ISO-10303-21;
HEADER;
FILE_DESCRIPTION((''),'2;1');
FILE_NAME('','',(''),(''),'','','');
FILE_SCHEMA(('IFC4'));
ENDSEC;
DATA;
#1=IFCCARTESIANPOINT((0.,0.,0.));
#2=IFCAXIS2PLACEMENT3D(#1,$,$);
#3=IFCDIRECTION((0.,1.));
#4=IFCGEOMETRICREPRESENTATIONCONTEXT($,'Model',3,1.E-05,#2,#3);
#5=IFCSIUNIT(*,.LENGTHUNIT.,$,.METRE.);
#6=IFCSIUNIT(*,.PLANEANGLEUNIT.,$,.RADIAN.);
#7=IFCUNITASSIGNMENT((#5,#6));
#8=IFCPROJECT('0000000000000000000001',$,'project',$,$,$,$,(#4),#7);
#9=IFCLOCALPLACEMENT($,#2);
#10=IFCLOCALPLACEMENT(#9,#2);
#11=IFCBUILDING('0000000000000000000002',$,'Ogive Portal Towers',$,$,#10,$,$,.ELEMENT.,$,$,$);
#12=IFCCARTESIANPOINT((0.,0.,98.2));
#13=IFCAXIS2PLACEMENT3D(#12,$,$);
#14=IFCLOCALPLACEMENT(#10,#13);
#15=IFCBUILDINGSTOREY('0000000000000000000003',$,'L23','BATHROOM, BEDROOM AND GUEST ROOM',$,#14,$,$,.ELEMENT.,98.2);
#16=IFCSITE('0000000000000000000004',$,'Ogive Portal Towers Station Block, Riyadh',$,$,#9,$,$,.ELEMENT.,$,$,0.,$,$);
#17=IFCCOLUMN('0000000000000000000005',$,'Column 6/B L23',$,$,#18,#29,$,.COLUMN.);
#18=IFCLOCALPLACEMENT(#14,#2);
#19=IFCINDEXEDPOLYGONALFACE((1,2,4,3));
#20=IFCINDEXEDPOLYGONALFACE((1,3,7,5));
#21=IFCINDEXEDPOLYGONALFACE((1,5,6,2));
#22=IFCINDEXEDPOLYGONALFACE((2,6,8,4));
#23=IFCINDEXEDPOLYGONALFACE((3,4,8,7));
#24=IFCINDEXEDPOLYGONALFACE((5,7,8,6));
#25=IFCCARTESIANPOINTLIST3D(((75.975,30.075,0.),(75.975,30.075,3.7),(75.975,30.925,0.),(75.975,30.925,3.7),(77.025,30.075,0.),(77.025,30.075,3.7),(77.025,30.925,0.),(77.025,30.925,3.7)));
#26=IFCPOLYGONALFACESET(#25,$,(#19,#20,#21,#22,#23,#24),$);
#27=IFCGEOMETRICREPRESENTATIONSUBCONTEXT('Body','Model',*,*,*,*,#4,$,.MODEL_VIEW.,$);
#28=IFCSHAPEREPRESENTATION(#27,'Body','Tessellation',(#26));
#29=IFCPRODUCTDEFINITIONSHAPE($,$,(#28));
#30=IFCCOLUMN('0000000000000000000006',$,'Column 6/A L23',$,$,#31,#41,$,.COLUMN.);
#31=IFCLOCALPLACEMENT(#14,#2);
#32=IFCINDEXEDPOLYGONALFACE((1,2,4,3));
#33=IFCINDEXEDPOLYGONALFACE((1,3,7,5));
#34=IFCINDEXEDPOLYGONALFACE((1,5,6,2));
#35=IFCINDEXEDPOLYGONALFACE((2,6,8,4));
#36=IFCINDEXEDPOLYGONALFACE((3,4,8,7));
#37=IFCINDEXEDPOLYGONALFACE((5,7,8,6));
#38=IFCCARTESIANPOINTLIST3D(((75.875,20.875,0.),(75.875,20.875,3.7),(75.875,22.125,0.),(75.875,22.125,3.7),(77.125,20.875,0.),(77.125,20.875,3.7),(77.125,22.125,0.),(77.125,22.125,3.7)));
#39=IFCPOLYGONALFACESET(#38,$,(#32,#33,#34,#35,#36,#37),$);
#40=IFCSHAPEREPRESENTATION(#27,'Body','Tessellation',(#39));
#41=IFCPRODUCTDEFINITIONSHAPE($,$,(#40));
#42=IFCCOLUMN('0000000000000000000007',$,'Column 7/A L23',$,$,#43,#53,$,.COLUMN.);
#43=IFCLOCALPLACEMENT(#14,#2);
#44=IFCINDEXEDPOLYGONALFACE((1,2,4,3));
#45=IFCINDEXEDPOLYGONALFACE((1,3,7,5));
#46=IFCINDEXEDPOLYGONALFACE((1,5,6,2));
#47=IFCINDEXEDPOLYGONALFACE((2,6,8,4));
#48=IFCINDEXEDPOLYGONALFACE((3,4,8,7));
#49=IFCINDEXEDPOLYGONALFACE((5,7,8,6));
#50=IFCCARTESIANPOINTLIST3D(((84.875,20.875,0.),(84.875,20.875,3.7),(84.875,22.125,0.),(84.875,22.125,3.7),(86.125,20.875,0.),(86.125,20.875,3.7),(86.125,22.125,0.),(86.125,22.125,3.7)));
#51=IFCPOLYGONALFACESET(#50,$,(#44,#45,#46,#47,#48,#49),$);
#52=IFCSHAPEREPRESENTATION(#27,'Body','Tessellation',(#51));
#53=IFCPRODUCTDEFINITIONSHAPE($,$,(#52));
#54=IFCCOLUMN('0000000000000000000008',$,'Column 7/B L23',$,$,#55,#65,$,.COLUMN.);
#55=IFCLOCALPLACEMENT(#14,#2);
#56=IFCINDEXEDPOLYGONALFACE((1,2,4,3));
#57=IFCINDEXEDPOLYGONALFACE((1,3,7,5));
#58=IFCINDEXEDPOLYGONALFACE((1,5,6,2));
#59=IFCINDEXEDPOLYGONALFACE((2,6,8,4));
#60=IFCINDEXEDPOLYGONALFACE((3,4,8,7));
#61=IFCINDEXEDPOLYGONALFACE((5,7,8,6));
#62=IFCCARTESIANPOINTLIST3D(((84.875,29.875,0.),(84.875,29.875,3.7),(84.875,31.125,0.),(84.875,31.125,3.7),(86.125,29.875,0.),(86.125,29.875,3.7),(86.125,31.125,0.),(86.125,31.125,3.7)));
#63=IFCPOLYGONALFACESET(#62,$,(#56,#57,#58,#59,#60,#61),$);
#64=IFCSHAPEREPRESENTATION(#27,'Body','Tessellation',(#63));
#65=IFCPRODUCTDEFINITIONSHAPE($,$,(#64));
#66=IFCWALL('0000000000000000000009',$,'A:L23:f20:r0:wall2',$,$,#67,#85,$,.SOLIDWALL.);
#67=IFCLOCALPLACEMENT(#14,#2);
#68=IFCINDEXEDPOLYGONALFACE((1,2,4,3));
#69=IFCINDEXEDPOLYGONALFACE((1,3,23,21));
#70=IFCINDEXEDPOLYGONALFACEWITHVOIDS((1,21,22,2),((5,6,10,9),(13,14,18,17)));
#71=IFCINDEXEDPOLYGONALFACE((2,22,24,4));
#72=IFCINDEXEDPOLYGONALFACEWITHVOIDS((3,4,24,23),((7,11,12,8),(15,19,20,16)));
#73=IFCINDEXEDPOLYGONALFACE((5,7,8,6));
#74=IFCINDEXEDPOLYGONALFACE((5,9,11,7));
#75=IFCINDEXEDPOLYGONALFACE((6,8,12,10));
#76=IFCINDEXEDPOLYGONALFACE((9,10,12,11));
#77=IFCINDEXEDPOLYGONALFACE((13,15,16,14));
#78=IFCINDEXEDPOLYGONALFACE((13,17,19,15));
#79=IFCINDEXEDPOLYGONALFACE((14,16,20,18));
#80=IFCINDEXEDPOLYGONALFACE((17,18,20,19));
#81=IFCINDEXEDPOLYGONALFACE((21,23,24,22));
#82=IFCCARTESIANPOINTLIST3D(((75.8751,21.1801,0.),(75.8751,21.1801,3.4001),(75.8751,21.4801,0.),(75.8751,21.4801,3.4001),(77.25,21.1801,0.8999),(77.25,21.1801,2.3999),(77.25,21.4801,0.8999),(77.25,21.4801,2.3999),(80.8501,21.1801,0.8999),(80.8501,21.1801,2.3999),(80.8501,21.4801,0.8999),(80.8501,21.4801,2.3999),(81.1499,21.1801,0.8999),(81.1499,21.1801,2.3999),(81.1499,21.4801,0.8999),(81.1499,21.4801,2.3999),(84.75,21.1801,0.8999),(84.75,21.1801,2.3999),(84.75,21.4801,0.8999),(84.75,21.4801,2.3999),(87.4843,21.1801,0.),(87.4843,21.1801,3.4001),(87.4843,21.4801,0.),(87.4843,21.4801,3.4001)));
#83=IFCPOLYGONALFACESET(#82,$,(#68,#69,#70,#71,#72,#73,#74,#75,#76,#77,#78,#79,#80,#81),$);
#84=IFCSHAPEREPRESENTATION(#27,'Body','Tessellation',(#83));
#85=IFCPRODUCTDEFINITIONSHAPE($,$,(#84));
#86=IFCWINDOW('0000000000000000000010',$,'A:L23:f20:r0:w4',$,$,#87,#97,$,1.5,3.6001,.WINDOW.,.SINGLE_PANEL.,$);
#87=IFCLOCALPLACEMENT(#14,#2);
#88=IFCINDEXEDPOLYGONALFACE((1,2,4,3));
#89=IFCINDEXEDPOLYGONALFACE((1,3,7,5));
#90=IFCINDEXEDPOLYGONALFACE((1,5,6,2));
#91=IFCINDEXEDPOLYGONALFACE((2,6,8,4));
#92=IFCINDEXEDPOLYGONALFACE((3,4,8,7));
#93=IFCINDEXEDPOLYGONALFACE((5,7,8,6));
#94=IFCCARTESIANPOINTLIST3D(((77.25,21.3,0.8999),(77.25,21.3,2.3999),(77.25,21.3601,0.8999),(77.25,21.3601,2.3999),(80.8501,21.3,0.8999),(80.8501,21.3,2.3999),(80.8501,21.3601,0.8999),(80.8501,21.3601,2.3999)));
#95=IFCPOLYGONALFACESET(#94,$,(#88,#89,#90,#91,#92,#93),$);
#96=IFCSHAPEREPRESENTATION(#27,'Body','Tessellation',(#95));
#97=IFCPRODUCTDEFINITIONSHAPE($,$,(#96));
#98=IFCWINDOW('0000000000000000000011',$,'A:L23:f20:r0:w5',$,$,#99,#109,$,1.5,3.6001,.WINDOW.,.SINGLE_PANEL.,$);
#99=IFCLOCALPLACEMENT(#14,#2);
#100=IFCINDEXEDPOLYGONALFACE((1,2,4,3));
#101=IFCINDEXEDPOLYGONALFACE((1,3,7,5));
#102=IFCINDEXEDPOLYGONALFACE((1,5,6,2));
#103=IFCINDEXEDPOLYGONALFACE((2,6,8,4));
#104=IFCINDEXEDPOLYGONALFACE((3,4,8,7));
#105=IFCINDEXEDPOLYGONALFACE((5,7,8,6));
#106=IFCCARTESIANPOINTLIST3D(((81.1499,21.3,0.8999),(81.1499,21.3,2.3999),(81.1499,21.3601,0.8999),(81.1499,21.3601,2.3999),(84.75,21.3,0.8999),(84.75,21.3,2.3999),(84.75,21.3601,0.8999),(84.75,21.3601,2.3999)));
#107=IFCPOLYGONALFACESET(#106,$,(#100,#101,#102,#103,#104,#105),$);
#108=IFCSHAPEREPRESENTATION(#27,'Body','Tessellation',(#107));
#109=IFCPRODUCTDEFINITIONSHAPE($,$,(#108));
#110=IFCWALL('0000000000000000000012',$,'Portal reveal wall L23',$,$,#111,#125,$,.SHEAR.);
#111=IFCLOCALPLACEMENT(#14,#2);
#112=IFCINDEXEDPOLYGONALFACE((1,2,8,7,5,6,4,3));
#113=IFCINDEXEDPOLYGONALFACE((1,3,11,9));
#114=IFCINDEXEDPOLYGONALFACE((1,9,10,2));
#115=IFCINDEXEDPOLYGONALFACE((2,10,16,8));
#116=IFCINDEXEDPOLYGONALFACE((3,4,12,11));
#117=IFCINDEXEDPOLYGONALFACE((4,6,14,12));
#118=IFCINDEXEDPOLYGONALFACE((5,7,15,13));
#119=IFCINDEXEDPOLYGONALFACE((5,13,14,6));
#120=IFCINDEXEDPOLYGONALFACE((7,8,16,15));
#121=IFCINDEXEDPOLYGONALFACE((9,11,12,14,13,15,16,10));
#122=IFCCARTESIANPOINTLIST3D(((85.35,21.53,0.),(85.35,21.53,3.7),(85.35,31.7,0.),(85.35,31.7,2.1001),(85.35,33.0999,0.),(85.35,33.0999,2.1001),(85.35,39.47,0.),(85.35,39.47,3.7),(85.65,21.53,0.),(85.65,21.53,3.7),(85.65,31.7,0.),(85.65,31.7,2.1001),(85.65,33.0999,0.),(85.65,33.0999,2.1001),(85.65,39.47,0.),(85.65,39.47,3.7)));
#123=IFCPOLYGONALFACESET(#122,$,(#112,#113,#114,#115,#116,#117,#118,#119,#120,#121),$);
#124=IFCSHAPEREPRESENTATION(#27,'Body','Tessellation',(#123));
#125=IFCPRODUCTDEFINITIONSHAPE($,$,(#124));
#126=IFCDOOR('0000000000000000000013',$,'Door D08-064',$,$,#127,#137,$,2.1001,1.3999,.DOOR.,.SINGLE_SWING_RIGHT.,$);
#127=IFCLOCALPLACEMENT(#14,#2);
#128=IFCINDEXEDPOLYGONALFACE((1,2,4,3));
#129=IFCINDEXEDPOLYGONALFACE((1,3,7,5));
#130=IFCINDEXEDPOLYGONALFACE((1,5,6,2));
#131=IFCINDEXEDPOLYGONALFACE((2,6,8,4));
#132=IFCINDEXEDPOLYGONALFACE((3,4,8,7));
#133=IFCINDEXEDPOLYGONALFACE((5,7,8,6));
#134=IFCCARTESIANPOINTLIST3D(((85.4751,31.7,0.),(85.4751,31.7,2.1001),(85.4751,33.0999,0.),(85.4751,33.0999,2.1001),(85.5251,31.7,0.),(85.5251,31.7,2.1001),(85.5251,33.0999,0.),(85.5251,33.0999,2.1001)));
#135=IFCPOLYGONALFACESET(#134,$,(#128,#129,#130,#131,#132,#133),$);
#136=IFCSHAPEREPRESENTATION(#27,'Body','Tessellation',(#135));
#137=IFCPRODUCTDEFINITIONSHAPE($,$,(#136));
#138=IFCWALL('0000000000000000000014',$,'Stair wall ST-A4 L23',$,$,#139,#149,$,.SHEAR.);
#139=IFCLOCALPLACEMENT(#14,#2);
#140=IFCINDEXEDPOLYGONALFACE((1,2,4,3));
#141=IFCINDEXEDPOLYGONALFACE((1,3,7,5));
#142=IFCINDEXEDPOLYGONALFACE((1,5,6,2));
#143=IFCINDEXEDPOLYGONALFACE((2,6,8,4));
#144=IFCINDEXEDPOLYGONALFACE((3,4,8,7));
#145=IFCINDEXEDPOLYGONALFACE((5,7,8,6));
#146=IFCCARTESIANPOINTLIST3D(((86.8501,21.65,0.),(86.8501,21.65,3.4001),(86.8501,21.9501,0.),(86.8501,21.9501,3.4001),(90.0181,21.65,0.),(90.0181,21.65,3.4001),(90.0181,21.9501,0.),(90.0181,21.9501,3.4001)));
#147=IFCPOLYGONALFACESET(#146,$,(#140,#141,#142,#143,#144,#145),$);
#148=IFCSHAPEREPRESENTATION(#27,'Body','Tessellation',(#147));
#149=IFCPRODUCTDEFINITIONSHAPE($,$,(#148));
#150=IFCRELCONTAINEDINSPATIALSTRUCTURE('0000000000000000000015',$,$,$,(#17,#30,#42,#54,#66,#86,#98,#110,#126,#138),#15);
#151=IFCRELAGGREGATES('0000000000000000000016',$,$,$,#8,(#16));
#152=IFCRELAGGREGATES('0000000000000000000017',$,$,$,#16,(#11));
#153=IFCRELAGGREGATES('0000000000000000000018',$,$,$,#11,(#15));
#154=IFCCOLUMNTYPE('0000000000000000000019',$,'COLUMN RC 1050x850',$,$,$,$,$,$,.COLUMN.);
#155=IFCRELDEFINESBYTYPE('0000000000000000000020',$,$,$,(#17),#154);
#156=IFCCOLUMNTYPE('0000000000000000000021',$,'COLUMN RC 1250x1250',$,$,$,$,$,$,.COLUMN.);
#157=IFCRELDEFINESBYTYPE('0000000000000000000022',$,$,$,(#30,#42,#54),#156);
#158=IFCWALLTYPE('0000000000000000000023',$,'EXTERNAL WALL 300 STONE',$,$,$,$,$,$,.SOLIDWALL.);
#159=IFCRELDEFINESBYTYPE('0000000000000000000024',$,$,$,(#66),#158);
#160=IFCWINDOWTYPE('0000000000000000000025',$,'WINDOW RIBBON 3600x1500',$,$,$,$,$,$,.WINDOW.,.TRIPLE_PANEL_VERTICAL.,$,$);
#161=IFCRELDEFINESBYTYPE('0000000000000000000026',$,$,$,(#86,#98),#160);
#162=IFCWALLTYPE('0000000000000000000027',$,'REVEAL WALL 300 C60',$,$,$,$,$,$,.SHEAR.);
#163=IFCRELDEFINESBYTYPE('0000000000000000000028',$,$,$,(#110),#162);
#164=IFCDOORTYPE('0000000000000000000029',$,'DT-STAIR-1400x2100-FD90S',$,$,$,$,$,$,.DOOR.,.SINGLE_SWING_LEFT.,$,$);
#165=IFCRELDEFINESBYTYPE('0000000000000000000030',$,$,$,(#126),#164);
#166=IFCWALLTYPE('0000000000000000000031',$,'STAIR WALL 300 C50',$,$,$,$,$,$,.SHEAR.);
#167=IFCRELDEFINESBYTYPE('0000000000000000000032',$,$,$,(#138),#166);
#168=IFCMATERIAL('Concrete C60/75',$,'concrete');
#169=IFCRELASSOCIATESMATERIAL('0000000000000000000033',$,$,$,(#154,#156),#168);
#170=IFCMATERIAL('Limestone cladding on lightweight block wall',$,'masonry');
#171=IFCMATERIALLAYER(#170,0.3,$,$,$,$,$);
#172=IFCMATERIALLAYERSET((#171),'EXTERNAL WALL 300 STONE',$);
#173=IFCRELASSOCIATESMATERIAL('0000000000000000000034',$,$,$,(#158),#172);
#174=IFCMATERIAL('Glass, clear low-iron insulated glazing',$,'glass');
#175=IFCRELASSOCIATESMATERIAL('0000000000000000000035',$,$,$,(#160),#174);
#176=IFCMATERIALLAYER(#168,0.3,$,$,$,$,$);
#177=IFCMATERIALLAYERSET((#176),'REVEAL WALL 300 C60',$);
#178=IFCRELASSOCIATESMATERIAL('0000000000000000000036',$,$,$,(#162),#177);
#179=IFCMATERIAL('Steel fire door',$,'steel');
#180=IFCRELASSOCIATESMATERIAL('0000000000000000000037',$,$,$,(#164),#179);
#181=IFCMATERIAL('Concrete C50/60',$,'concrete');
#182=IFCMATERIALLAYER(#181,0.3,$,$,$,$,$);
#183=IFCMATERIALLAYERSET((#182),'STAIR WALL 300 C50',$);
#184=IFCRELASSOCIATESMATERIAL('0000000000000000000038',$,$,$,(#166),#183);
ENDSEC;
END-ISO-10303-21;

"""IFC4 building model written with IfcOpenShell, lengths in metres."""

from ifc_helpers import new_model, si_unit, direction, frame, frame_2d, origin, origin_2d, place, context, subcontext, project, spatial, rectangle, extrude, material, layer, layer_set, material_profile, profile_set, type_object, element, fill, save


model = new_model("IFC4")

# Units and contexts
model_context = context("Model", 3, precision=1e-05, world=origin(), true_north=direction((0.0, 1.0)))
body_context = subcontext(model_context, "Body", "Model", "MODEL_VIEW")
ifc_project = project(units=[si_unit("LENGTHUNIT", "METRE"), si_unit("PLANEANGLEUNIT", "RADIAN")], contexts=[model_context])

# Site, building, storey
site_placement = place(None, origin())
site = spatial("IfcSite", under=ifc_project, at=site_placement, Name="Ogive Portal Towers Station Block, Riyadh", CompositionType="ELEMENT", RefElevation=0.0)
building_placement = place(site_placement, origin())
building = spatial("IfcBuilding", under=site, at=building_placement, Name="Ogive Portal Towers", CompositionType="ELEMENT")
storey_placement = place(building_placement, frame((0.0, 0.0, 98.2)))
storey = spatial("IfcBuildingStorey", under=building, at=storey_placement, Name="L23", Description="BATHROOM, BEDROOM AND GUEST ROOM", CompositionType="ELEMENT", Elevation=98.2)

# Columns
ifc_material_1 = material(Name="Concrete C60/75", Category="concrete")
ifc_material_profile_1 = material_profile(ifc_material_1, rectangle(XDim=1.05, YDim=0.8501, at=origin_2d()), Name="RC 1050x850")
ifc_profile_set_1 = profile_set([ifc_material_profile_1], Name="Concrete C60/75")
column_type_1 = type_object("IfcColumnType", Name="COLUMN RC 1050x850", PredefinedType="COLUMN", material=ifc_profile_set_1)
column_placement = place(storey_placement, frame((76.5, 30.5, 0.0), z_axis=(0.0, 0.0, 1.0), x_axis=(1.0, 0.0, 0.0)))
element("IfcColumn", 1, at=column_placement, inside=storey, type_object=column_type_1, Name="Column 6/B L23", PredefinedType="COLUMN", context=body_context, shape_type="SweptSolid", body=[
    extrude(rectangle(XDim=1.05, YDim=0.8501, at=origin_2d()), origin(), (0.0, 0.0, 1.0), 3.7),
])
ifc_material_profile_2 = material_profile(ifc_material_1, rectangle(XDim=1.25, YDim=1.25, at=origin_2d()), Name="RC 1250x1250")
ifc_profile_set_2 = profile_set([ifc_material_profile_2], Name="Concrete C60/75")
column_type_2 = type_object("IfcColumnType", Name="COLUMN RC 1250x1250", PredefinedType="COLUMN", material=ifc_profile_set_2)
for number, where, z_axis, x_axis, name in (
    (2, (76.5, 21.5, 0.0), (0.0, 0.0, 1.0), (1.0, 0.0, 0.0), "Column 6/A L23"),
    (3, (85.5, 21.5, 0.0), (0.0, 0.0, 1.0), (1.0, 0.0, 0.0), "Column 7/A L23"),
    (4, (85.5, 30.5, 0.0), (0.0, 0.0, 1.0), (1.0, 0.0, 0.0), "Column 7/B L23"),
):
    element("IfcColumn", number, at=place(storey_placement, frame(where, z_axis=z_axis, x_axis=x_axis)), inside=storey, type_object=column_type_2, Name=name, PredefinedType="COLUMN", context=body_context, shape_type="SweptSolid", body=[
        extrude(rectangle(XDim=1.25, YDim=1.25, at=origin_2d()), origin(), (0.0, 0.0, 1.0), 3.7),
    ])

# Wall, openings, windows
ifc_material_2 = material(Name="Limestone cladding on lightweight block wall", Category="masonry")
ifc_layer_1 = layer(ifc_material_2, 0.3)
ifc_layer_set_1 = layer_set([ifc_layer_1], Name="EXTERNAL WALL 300 STONE")
wall_type_1 = type_object("IfcWallType", Name="EXTERNAL WALL 300 STONE", PredefinedType="SOLIDWALL", material=ifc_layer_set_1)
wall_1_placement = place(storey_placement, frame((75.875, 21.3301, 0.0), z_axis=(0.0, 0.0, 1.0), x_axis=(1.0, 0.0, 0.0)))
wall_1 = element("IfcWall", 5, at=wall_1_placement, inside=storey, type_object=wall_type_1, Name="A:L23:f20:r0:wall2", PredefinedType="SOLIDWALL", context=body_context, shape_type="SweptSolid", body=[
    extrude(rectangle(XDim=11.6091, YDim=0.3, at=frame_2d((5.8047, 0.0))), origin(), (0.0, 0.0, 1.0), 3.4001),
])
opening_1_placement = place(wall_1_placement, frame((1.375, 0.0, 0.8999)))
opening_1 = element("IfcOpeningElement", 6, at=opening_1_placement, cuts=wall_1, PredefinedType="OPENING", context=body_context, shape_type="SweptSolid", body=[
    extrude(rectangle(XDim=3.6001, YDim=1.5, at=frame_2d((1.8, 0.75))), frame((0.0, 0.1602, 0.0), z_axis=(0.0, -1.0, 0.0), x_axis=(1.0, 0.0, 0.0)), (0.0, 0.0, 1.0), 0.3201),
])
opening_2_placement = place(wall_1_placement, frame((5.2749, 0.0, 0.8999)))
opening_2 = element("IfcOpeningElement", 7, at=opening_2_placement, cuts=wall_1, PredefinedType="OPENING", context=body_context, shape_type="SweptSolid", body=[
    extrude(rectangle(XDim=3.6001, YDim=1.5, at=frame_2d((1.8, 0.75))), frame((0.0, 0.1602, 0.0), z_axis=(0.0, -1.0, 0.0), x_axis=(1.0, 0.0, 0.0)), (0.0, 0.0, 1.0), 0.3201),
])
ifc_material_3 = material(Name="Glass, clear low-iron insulated glazing", Category="glass")
window_type = type_object("IfcWindowType", Name="WINDOW RIBBON 3600x1500", PartitioningType="TRIPLE_PANEL_VERTICAL", PredefinedType="WINDOW", material=ifc_material_3)
window_1_placement = place(opening_1_placement, origin())
window_1 = element("IfcWindow", 8, at=window_1_placement, inside=storey, type_object=window_type, Name="A:L23:f20:r0:w4", OverallHeight=1.5, OverallWidth=3.6001, PartitioningType="SINGLE_PANEL", PredefinedType="WINDOW", context=body_context, shape_type="SweptSolid", body=[
    extrude(rectangle(XDim=3.6001, YDim=1.5, at=frame_2d((1.8, 0.75))), frame((0.0, 0.03, 0.0), z_axis=(0.0, -1.0, 0.0), x_axis=(1.0, 0.0, 0.0)), (0.0, 0.0, 1.0), 0.0601),
])
fill(opening_1, window_1)
window_2_placement = place(opening_2_placement, origin())
window_2 = element("IfcWindow", 9, at=window_2_placement, inside=storey, type_object=window_type, Name="A:L23:f20:r0:w5", OverallHeight=1.5, OverallWidth=3.6001, PartitioningType="SINGLE_PANEL", PredefinedType="WINDOW", context=body_context, shape_type="SweptSolid", body=[
    extrude(rectangle(XDim=3.6001, YDim=1.5, at=frame_2d((1.8, 0.75))), frame((0.0, 0.03, 0.0), z_axis=(0.0, -1.0, 0.0), x_axis=(1.0, 0.0, 0.0)), (0.0, 0.0, 1.0), 0.0601),
])
fill(opening_2, window_2)

# Wall, opening, door
ifc_layer_2 = layer(ifc_material_1, 0.3)
ifc_layer_set_2 = layer_set([ifc_layer_2], Name="REVEAL WALL 300 C60")
wall_type_2 = type_object("IfcWallType", Name="REVEAL WALL 300 C60", PredefinedType="SHEAR", material=ifc_layer_set_2)
wall_2_placement = place(storey_placement, frame((85.5, 21.53, 0.0), z_axis=(0.0, 0.0, 1.0), x_axis=(0.0, 1.0, 0.0)))
wall_2 = element("IfcWall", 10, at=wall_2_placement, inside=storey, type_object=wall_type_2, Name="Portal reveal wall L23", PredefinedType="SHEAR", context=body_context, shape_type="SweptSolid", body=[
    extrude(rectangle(XDim=17.9399, YDim=0.3, at=frame_2d((8.97, 0.0))), origin(), (0.0, 0.0, 1.0), 3.7),
])
opening_3_placement = place(wall_2_placement, frame((10.1699, 0.0, 0.0)))
opening_3 = element("IfcOpeningElement", 11, at=opening_3_placement, cuts=wall_2, PredefinedType="OPENING", context=body_context, shape_type="SweptSolid", body=[
    extrude(rectangle(XDim=1.3999, YDim=2.1001, at=frame_2d((0.7, 1.05))), frame((0.0, 0.1602, 0.0), z_axis=(0.0, -1.0, 0.0), x_axis=(1.0, 0.0, 0.0)), (0.0, 0.0, 1.0), 0.3201),
])
ifc_material_4 = material(Name="Steel fire door", Category="steel")
door_type_1 = type_object("IfcDoorType", Name="DT-STAIR-1400x2100-FD90S", OperationType="SINGLE_SWING_LEFT", PredefinedType="DOOR", material=ifc_material_4)
door_1_placement = place(opening_3_placement, origin())
door_1 = element("IfcDoor", 12, at=door_1_placement, inside=storey, type_object=door_type_1, Name="Door D08-064", OperationType="SINGLE_SWING_RIGHT", OverallHeight=2.1001, OverallWidth=1.3999, PredefinedType="DOOR", context=body_context, shape_type="SweptSolid", body=[
    extrude(rectangle(XDim=1.3999, YDim=2.1001, at=frame_2d((0.7, 1.05))), frame((0.0, 0.0249, 0.0), z_axis=(0.0, -1.0, 0.0), x_axis=(1.0, 0.0, 0.0)), (0.0, 0.0, 1.0), 0.05),
])
fill(opening_3, door_1)

# Wall
ifc_material_5 = material(Name="Concrete C50/60", Category="concrete")
ifc_layer_3 = layer(ifc_material_5, 0.3)
ifc_layer_set_3 = layer_set([ifc_layer_3], Name="STAIR WALL 300 C50")
wall_type_3 = type_object("IfcWallType", Name="STAIR WALL 300 C50", PredefinedType="SHEAR", material=ifc_layer_set_3)
wall_3_placement = place(storey_placement, frame((86.8501, 21.8, 0.0), z_axis=(0.0, 0.0, 1.0), x_axis=(1.0, 0.0, 0.0)))
element("IfcWall", 13, at=wall_3_placement, inside=storey, type_object=wall_type_3, Name="Stair wall ST-A4 L23", PredefinedType="SHEAR", context=body_context, shape_type="SweptSolid", body=[
    extrude(rectangle(XDim=3.168, YDim=0.3, at=frame_2d((1.584, 0.0))), origin(), (0.0, 0.0, 1.0), 3.4001),
])

save(model, "model.ifc")
